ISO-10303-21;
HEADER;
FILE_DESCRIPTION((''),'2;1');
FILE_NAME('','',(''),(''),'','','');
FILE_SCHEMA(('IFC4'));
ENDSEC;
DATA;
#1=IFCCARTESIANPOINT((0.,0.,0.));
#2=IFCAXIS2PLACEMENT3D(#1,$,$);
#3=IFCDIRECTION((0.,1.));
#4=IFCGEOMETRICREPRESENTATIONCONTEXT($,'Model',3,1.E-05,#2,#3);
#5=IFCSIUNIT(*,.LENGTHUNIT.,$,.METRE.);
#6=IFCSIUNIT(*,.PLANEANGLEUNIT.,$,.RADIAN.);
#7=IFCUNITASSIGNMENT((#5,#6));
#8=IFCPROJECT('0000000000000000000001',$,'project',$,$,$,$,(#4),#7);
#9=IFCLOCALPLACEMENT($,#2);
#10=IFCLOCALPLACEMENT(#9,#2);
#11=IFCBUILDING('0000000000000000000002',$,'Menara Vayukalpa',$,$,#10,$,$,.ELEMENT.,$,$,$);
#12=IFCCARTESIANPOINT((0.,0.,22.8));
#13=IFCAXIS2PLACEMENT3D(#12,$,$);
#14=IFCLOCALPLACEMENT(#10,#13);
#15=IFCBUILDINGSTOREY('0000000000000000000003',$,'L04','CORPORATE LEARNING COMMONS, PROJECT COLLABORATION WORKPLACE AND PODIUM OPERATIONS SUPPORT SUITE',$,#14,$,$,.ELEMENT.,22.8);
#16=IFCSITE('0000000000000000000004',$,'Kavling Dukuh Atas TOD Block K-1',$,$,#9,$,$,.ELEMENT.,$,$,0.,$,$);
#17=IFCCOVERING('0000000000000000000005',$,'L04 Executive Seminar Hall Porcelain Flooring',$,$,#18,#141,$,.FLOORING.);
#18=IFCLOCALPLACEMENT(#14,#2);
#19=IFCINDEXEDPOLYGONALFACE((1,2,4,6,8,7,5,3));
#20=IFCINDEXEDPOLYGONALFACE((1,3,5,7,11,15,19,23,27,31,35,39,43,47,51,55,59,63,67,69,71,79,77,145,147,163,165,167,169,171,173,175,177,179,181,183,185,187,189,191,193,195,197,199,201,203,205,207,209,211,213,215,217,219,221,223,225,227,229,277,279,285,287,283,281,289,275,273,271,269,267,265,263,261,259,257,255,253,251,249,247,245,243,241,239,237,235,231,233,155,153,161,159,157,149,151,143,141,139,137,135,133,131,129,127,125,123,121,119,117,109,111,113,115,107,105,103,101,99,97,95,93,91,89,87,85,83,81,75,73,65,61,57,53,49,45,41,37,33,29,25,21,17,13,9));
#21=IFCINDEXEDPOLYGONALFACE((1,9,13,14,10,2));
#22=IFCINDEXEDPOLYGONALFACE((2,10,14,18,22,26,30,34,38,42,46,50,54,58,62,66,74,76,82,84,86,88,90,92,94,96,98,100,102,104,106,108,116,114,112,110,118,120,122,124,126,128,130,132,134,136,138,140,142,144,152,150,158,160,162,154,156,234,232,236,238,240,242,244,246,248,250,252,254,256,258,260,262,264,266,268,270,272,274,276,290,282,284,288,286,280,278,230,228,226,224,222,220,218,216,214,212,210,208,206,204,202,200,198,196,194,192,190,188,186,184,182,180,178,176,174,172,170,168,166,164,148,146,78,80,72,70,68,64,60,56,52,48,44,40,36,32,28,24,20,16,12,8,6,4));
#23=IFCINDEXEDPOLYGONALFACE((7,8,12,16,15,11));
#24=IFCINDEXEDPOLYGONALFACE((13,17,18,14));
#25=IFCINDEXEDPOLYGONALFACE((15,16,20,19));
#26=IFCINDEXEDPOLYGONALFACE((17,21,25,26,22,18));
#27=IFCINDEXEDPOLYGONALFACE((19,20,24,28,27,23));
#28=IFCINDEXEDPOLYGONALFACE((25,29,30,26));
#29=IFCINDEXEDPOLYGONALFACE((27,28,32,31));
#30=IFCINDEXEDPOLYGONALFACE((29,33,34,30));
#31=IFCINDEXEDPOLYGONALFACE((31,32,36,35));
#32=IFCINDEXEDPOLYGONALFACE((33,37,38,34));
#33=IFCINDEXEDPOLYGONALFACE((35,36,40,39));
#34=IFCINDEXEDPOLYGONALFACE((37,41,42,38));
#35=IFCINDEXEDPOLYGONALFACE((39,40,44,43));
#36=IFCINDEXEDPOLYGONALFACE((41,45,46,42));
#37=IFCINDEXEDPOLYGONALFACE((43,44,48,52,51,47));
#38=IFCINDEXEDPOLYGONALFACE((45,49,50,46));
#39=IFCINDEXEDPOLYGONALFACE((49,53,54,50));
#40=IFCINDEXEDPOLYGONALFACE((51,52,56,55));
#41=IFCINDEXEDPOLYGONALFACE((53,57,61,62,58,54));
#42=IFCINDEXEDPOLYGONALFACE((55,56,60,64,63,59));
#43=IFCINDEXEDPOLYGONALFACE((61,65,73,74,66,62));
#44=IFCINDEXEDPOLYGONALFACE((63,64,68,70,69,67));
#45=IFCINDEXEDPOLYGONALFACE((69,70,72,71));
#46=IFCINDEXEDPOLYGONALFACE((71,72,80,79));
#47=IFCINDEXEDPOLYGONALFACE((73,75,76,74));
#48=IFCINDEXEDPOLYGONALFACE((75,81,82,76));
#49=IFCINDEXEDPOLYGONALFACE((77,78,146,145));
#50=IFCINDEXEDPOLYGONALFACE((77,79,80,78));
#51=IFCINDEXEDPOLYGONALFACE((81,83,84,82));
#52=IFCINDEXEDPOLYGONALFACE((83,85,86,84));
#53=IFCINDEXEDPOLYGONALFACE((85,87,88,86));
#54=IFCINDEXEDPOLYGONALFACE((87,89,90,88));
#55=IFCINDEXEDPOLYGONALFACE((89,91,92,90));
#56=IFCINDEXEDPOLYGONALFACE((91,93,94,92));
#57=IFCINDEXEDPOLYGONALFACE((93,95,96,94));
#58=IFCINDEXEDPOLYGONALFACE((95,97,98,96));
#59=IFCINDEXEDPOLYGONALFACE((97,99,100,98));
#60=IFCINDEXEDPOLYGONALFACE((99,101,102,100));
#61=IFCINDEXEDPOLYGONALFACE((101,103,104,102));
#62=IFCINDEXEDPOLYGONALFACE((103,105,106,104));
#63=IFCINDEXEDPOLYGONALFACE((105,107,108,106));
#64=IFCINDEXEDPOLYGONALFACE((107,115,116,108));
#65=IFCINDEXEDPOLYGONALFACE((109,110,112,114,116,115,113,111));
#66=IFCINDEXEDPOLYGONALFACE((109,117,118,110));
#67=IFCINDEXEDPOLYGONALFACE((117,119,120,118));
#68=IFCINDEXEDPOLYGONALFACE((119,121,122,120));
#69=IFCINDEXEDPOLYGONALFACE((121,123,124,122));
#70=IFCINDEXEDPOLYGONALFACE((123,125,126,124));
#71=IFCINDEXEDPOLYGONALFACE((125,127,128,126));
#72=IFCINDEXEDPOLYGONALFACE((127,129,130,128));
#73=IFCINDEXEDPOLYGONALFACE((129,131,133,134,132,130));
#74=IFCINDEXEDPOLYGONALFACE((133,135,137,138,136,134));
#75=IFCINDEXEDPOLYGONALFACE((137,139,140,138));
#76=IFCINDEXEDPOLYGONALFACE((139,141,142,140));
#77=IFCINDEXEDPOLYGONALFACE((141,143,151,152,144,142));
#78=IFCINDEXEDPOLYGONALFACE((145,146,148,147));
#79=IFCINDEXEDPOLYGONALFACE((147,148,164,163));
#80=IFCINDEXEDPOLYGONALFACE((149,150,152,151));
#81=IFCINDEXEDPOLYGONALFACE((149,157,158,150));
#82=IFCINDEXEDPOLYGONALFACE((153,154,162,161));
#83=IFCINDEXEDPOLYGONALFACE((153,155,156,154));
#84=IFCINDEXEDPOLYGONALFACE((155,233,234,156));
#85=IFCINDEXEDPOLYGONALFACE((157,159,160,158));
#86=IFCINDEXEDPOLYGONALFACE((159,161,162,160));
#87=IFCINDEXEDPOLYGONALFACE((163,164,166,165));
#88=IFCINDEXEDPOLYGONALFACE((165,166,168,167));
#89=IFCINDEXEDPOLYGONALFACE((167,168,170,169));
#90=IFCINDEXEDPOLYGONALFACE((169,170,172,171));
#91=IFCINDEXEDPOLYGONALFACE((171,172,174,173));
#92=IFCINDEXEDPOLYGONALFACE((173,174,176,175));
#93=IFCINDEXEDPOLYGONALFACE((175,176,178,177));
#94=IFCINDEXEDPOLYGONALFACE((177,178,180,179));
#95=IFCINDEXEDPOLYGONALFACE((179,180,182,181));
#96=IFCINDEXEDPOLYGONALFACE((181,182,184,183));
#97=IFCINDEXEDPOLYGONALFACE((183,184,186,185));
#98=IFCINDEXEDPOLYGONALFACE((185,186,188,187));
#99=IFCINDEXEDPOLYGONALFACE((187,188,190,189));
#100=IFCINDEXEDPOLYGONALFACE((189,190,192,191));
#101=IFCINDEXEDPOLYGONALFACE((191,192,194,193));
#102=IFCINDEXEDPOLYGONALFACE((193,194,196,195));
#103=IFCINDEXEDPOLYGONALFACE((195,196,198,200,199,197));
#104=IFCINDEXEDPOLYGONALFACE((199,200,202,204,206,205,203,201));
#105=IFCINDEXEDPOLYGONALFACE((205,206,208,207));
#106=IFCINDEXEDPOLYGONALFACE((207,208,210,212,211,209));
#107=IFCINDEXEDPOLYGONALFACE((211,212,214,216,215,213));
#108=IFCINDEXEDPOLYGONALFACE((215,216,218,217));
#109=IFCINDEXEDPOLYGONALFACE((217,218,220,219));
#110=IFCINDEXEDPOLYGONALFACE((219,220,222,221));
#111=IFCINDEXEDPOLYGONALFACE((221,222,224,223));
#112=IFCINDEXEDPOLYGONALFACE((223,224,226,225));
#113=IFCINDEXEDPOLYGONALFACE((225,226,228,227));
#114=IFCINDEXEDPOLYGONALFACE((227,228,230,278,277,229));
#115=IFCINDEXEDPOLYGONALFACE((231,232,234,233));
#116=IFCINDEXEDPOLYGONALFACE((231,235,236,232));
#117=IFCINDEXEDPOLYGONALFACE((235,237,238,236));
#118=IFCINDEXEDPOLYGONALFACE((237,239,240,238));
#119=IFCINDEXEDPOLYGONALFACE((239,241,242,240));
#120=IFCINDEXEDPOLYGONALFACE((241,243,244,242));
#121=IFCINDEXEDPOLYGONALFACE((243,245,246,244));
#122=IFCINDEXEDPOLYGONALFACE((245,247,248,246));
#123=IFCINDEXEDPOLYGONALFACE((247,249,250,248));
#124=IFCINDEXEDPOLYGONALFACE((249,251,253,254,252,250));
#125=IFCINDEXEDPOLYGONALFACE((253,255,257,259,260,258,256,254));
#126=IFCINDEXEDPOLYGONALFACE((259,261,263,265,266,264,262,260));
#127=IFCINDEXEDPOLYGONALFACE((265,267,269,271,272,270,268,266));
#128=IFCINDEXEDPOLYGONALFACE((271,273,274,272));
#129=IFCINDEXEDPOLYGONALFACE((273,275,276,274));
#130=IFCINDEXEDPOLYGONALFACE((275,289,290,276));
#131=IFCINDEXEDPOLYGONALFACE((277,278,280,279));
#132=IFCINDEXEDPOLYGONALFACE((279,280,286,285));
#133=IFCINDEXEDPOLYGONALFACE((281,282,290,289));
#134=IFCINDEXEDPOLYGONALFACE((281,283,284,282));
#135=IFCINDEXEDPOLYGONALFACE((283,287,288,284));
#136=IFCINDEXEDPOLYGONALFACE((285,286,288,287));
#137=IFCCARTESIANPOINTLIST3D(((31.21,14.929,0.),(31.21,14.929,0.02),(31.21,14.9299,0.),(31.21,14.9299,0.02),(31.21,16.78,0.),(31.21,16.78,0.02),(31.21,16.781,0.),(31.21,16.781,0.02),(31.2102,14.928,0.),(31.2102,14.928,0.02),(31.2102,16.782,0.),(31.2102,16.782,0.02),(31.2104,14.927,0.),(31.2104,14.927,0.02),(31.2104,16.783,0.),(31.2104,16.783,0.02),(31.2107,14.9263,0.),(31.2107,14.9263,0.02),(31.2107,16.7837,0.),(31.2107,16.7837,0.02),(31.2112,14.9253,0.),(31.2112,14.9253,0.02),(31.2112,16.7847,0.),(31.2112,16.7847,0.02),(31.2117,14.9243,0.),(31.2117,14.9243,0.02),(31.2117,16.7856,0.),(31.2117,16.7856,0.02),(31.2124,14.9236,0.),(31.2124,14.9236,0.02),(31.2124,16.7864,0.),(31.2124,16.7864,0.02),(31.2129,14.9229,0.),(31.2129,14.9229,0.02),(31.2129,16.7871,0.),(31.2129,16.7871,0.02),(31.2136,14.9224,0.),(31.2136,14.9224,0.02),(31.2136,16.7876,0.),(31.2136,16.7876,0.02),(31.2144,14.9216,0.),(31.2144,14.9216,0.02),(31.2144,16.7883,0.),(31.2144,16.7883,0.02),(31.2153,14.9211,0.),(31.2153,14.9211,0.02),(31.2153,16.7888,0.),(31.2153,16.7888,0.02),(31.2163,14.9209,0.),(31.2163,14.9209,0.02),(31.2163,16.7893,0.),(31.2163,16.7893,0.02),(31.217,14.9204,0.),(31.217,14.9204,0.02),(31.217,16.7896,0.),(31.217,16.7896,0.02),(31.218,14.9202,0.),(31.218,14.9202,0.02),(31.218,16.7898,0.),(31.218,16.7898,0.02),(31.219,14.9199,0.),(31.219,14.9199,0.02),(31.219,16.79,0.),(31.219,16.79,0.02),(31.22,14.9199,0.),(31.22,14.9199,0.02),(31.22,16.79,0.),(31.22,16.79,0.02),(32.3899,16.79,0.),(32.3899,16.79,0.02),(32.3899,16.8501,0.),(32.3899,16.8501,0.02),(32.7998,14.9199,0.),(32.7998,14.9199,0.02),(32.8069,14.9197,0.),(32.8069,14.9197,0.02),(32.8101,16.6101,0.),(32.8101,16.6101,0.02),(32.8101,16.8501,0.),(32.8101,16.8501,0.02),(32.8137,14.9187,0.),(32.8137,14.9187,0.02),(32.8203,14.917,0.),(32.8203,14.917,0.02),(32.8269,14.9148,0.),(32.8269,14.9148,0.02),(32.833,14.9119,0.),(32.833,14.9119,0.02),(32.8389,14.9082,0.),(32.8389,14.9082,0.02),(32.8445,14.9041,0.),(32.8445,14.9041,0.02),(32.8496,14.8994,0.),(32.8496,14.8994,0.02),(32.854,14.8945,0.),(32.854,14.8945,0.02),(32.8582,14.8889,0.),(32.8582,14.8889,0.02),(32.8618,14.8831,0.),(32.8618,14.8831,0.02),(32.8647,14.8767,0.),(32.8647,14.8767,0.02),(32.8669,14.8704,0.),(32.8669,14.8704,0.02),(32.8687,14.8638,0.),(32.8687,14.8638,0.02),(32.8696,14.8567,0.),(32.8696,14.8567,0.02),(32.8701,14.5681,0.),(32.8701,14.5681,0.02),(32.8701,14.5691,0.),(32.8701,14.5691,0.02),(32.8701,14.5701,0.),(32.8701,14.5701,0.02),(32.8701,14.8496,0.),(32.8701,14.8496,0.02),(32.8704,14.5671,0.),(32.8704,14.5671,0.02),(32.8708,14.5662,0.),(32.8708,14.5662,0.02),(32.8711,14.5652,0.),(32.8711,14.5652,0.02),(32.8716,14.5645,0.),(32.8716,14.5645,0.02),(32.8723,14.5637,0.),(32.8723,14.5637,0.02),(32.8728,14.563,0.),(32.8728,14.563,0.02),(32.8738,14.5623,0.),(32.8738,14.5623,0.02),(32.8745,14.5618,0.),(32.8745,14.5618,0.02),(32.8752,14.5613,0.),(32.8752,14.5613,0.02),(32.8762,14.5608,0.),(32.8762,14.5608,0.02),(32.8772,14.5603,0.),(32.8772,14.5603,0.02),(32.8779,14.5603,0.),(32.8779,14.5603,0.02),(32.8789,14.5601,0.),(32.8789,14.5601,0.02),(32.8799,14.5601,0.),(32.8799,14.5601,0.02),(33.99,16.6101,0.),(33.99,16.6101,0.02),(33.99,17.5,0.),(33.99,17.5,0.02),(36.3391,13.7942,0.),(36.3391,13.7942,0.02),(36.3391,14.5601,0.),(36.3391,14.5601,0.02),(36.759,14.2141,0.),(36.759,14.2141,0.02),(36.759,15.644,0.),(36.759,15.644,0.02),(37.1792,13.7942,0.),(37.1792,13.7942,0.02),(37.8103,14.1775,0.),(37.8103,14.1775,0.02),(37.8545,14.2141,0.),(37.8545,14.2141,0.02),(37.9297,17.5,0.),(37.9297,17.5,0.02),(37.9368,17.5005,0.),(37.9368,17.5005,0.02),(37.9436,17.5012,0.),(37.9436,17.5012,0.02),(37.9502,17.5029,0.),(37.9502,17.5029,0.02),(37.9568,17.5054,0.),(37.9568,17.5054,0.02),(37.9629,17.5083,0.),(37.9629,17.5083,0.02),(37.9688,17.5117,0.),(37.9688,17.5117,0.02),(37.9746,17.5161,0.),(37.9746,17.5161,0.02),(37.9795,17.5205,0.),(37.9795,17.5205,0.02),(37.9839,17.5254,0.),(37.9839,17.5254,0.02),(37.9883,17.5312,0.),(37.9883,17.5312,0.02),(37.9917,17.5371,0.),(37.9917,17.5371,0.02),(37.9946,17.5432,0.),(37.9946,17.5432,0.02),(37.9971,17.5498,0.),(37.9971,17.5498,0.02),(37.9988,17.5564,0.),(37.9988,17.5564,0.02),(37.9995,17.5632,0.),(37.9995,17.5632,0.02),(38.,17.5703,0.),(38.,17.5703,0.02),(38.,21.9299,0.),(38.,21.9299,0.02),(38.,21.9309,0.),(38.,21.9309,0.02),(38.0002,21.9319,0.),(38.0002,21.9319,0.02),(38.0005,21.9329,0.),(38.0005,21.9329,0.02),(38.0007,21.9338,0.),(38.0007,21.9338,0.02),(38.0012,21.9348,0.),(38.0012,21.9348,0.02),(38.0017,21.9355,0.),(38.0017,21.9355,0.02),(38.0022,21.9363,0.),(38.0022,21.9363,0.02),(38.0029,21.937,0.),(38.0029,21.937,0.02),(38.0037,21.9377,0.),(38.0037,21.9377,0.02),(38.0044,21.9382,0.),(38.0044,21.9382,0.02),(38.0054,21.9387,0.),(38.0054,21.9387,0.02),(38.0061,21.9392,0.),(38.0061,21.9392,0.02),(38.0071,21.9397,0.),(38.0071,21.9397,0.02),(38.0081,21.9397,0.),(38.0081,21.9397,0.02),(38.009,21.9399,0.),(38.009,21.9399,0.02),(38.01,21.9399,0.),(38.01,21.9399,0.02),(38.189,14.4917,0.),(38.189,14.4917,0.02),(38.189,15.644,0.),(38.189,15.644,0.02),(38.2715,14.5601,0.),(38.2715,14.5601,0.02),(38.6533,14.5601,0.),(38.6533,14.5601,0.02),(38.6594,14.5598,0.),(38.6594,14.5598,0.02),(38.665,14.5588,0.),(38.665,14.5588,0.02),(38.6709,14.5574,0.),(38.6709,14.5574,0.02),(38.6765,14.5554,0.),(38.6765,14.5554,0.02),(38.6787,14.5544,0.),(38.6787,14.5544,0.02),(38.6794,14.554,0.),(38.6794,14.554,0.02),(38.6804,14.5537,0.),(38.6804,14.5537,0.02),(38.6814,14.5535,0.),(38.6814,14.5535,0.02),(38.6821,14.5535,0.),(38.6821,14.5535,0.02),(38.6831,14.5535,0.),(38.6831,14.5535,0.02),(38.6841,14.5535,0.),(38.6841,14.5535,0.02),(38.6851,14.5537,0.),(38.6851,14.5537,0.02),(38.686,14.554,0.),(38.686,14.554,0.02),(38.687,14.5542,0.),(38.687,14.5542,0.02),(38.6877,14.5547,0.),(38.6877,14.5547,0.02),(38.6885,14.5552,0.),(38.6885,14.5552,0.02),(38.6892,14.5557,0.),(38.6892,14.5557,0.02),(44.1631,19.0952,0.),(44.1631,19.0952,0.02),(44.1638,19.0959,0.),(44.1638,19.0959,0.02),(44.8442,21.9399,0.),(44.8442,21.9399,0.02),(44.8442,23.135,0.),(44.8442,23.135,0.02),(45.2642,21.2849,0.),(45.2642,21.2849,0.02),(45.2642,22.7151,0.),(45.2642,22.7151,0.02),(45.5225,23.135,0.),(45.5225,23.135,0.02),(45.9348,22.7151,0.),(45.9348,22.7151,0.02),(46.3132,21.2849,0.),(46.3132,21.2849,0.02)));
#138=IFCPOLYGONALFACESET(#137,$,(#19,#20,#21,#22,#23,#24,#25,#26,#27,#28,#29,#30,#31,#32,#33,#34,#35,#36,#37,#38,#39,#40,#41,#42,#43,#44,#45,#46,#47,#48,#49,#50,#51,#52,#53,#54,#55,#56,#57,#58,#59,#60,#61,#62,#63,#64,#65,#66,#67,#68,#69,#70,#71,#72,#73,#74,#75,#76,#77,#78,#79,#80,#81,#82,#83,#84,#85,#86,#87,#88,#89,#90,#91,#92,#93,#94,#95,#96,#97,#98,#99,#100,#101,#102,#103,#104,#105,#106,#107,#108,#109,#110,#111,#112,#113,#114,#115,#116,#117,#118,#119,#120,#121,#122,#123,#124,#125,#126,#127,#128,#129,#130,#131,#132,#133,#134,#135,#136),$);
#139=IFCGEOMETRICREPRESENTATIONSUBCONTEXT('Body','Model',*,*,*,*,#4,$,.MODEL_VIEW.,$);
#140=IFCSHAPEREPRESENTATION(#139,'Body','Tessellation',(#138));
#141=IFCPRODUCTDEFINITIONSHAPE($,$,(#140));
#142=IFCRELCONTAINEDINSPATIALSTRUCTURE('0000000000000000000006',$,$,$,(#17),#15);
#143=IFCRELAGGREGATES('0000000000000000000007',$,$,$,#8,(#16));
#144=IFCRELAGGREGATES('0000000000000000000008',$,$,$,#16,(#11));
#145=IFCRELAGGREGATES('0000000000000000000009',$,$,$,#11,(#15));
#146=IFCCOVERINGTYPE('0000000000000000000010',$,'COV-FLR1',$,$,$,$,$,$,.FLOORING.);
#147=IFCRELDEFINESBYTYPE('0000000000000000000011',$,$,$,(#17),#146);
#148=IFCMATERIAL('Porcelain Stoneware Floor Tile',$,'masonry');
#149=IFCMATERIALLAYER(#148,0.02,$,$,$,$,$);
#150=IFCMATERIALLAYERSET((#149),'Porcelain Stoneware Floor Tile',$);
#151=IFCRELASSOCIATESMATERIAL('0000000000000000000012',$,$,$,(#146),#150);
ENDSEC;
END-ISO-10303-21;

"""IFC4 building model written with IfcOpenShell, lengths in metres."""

from ifc_helpers import new_model, si_unit, direction, frame, origin, place, context, subcontext, project, spatial, polyline, outline, extrude, material, layer, layer_set, type_object, element, save


model = new_model("IFC4")

# Units and contexts
model_context = context("Model", 3, precision=1e-05, world=origin(), true_north=direction((0.0, 1.0)))
body_context = subcontext(model_context, "Body", "Model", "MODEL_VIEW")
ifc_project = project(units=[si_unit("LENGTHUNIT", "METRE"), si_unit("PLANEANGLEUNIT", "RADIAN")], contexts=[model_context])

# Site, building, storey
site_placement = place(None, origin())
site = spatial("IfcSite", under=ifc_project, at=site_placement, Name="Kavling Dukuh Atas TOD Block K-1", CompositionType="ELEMENT", RefElevation=0.0)
building_placement = place(site_placement, origin())
building = spatial("IfcBuilding", under=site, at=building_placement, Name="Menara Vayukalpa", CompositionType="ELEMENT")
storey_placement = place(building_placement, frame((0.0, 0.0, 22.8)))
storey = spatial("IfcBuildingStorey", under=building, at=storey_placement, Name="L04", Description="CORPORATE LEARNING COMMONS, PROJECT COLLABORATION WORKPLACE AND PODIUM OPERATIONS SUPPORT SUITE", CompositionType="ELEMENT", Elevation=22.8)

# Covering
ifc_material_1 = material(Name="Porcelain Stoneware Floor Tile", Category="masonry")
ifc_layer_1 = layer(ifc_material_1, 0.02)
ifc_layer_set_1 = layer_set([ifc_layer_1], Name="Porcelain Stoneware Floor Tile")
covering_type_1 = type_object("IfcCoveringType", Name="COV-FLR1", PredefinedType="FLOORING", material=ifc_layer_set_1)
covering_1_placement = place(storey_placement, origin())
element("IfcCovering", 1, at=covering_1_placement, inside=storey, type_object=covering_type_1, Name="L04 Executive Seminar Hall Porcelain Flooring", PredefinedType="FLOORING", context=body_context, shape_type="SweptSolid", body=[
    extrude(outline(polyline([(37.1792, 13.7942), (36.3391, 13.7942), (36.3391, 14.5601), (32.8799, 14.5601), (32.8789, 14.5601), (32.8779, 14.5603), (32.8772, 14.5603), (32.8762, 14.5608), (32.8752, 14.5613), (32.8745, 14.5618), (32.8738, 14.5623), (32.8728, 14.563), (32.8723, 14.5637), (32.8716, 14.5645), (32.8711, 14.5652), (32.8708, 14.5662), (32.8704, 14.5671), (32.8701, 14.5681), (32.8701, 14.5691), (32.8701, 14.5701), (32.8701, 14.8496), (32.8696, 14.8567), (32.8687, 14.8638), (32.8669, 14.8704), (32.8647, 14.8767), (32.8618, 14.8831), (32.8582, 14.8889), (32.854, 14.8945), (32.8496, 14.8994), (32.8445, 14.9041), (32.8389, 14.9082), (32.833, 14.9119), (32.8269, 14.9148), (32.8203, 14.917), (32.8137, 14.9187), (32.8069, 14.9197), (32.7998, 14.9199), (31.22, 14.9199), (31.219, 14.9199), (31.218, 14.9202), (31.217, 14.9204), (31.2163, 14.9209), (31.2153, 14.9211), (31.2144, 14.9216), (31.2136, 14.9224), (31.2129, 14.9229), (31.2124, 14.9236), (31.2117, 14.9243), (31.2112, 14.9253), (31.2107, 14.9263), (31.2104, 14.927), (31.2102, 14.928), (31.21, 14.929), (31.21, 14.9299), (31.21, 16.78), (31.21, 16.781), (31.2102, 16.782), (31.2104, 16.783), (31.2107, 16.7837), (31.2112, 16.7847), (31.2117, 16.7856), (31.2124, 16.7864), (31.2129, 16.7871), (31.2136, 16.7876), (31.2144, 16.7883), (31.2153, 16.7888), (31.2163, 16.7893), (31.217, 16.7896), (31.218, 16.7898), (31.219, 16.79), (31.22, 16.79), (32.3899, 16.79), (32.3899, 16.8501), (32.8101, 16.8501), (32.8101, 16.6101), (33.99, 16.6101), (33.99, 17.5), (37.9297, 17.5), (37.9368, 17.5005), (37.9436, 17.5012), (37.9502, 17.5029), (37.9568, 17.5054), (37.9629, 17.5083), (37.9688, 17.5117), (37.9746, 17.5161), (37.9795, 17.5205), (37.9839, 17.5254), (37.9883, 17.5312), (37.9917, 17.5371), (37.9946, 17.5432), (37.9971, 17.5498), (37.9988, 17.5564), (37.9995, 17.5632), (38.0, 17.5703), (38.0, 21.9299), (38.0, 21.9309), (38.0002, 21.9319), (38.0005, 21.9329), (38.0007, 21.9338), (38.0012, 21.9348), (38.0017, 21.9355), (38.0022, 21.9363), (38.0029, 21.937), (38.0037, 21.9377), (38.0044, 21.9382), (38.0054, 21.9387), (38.0061, 21.9392), (38.0071, 21.9397), (38.0081, 21.9397), (38.009, 21.9399), (38.01, 21.9399), (44.8442, 21.9399), (44.8442, 23.135), (45.5225, 23.135), (45.9348, 22.7151), (45.2642, 22.7151), (45.2642, 21.2849), (46.3132, 21.2849), (44.1638, 19.0959), (44.1631, 19.0952), (38.6892, 14.5557), (38.6885, 14.5552), (38.6877, 14.5547), (38.687, 14.5542), (38.686, 14.554), (38.6851, 14.5537), (38.6841, 14.5535), (38.6831, 14.5535), (38.6821, 14.5535), (38.6814, 14.5535), (38.6804, 14.5537), (38.6794, 14.554), (38.6787, 14.5544), (38.6765, 14.5554), (38.6709, 14.5574), (38.665, 14.5588), (38.6594, 14.5598), (38.6533, 14.5601), (38.2715, 14.5601), (38.189, 14.4917), (38.189, 15.644), (36.759, 15.644), (36.759, 14.2141), (37.8545, 14.2141), (37.8103, 14.1775), (37.1792, 13.7942)])), origin(), (0.0, 0.0, 1.0), 0.02),
])

save(model, "model.ifc")
